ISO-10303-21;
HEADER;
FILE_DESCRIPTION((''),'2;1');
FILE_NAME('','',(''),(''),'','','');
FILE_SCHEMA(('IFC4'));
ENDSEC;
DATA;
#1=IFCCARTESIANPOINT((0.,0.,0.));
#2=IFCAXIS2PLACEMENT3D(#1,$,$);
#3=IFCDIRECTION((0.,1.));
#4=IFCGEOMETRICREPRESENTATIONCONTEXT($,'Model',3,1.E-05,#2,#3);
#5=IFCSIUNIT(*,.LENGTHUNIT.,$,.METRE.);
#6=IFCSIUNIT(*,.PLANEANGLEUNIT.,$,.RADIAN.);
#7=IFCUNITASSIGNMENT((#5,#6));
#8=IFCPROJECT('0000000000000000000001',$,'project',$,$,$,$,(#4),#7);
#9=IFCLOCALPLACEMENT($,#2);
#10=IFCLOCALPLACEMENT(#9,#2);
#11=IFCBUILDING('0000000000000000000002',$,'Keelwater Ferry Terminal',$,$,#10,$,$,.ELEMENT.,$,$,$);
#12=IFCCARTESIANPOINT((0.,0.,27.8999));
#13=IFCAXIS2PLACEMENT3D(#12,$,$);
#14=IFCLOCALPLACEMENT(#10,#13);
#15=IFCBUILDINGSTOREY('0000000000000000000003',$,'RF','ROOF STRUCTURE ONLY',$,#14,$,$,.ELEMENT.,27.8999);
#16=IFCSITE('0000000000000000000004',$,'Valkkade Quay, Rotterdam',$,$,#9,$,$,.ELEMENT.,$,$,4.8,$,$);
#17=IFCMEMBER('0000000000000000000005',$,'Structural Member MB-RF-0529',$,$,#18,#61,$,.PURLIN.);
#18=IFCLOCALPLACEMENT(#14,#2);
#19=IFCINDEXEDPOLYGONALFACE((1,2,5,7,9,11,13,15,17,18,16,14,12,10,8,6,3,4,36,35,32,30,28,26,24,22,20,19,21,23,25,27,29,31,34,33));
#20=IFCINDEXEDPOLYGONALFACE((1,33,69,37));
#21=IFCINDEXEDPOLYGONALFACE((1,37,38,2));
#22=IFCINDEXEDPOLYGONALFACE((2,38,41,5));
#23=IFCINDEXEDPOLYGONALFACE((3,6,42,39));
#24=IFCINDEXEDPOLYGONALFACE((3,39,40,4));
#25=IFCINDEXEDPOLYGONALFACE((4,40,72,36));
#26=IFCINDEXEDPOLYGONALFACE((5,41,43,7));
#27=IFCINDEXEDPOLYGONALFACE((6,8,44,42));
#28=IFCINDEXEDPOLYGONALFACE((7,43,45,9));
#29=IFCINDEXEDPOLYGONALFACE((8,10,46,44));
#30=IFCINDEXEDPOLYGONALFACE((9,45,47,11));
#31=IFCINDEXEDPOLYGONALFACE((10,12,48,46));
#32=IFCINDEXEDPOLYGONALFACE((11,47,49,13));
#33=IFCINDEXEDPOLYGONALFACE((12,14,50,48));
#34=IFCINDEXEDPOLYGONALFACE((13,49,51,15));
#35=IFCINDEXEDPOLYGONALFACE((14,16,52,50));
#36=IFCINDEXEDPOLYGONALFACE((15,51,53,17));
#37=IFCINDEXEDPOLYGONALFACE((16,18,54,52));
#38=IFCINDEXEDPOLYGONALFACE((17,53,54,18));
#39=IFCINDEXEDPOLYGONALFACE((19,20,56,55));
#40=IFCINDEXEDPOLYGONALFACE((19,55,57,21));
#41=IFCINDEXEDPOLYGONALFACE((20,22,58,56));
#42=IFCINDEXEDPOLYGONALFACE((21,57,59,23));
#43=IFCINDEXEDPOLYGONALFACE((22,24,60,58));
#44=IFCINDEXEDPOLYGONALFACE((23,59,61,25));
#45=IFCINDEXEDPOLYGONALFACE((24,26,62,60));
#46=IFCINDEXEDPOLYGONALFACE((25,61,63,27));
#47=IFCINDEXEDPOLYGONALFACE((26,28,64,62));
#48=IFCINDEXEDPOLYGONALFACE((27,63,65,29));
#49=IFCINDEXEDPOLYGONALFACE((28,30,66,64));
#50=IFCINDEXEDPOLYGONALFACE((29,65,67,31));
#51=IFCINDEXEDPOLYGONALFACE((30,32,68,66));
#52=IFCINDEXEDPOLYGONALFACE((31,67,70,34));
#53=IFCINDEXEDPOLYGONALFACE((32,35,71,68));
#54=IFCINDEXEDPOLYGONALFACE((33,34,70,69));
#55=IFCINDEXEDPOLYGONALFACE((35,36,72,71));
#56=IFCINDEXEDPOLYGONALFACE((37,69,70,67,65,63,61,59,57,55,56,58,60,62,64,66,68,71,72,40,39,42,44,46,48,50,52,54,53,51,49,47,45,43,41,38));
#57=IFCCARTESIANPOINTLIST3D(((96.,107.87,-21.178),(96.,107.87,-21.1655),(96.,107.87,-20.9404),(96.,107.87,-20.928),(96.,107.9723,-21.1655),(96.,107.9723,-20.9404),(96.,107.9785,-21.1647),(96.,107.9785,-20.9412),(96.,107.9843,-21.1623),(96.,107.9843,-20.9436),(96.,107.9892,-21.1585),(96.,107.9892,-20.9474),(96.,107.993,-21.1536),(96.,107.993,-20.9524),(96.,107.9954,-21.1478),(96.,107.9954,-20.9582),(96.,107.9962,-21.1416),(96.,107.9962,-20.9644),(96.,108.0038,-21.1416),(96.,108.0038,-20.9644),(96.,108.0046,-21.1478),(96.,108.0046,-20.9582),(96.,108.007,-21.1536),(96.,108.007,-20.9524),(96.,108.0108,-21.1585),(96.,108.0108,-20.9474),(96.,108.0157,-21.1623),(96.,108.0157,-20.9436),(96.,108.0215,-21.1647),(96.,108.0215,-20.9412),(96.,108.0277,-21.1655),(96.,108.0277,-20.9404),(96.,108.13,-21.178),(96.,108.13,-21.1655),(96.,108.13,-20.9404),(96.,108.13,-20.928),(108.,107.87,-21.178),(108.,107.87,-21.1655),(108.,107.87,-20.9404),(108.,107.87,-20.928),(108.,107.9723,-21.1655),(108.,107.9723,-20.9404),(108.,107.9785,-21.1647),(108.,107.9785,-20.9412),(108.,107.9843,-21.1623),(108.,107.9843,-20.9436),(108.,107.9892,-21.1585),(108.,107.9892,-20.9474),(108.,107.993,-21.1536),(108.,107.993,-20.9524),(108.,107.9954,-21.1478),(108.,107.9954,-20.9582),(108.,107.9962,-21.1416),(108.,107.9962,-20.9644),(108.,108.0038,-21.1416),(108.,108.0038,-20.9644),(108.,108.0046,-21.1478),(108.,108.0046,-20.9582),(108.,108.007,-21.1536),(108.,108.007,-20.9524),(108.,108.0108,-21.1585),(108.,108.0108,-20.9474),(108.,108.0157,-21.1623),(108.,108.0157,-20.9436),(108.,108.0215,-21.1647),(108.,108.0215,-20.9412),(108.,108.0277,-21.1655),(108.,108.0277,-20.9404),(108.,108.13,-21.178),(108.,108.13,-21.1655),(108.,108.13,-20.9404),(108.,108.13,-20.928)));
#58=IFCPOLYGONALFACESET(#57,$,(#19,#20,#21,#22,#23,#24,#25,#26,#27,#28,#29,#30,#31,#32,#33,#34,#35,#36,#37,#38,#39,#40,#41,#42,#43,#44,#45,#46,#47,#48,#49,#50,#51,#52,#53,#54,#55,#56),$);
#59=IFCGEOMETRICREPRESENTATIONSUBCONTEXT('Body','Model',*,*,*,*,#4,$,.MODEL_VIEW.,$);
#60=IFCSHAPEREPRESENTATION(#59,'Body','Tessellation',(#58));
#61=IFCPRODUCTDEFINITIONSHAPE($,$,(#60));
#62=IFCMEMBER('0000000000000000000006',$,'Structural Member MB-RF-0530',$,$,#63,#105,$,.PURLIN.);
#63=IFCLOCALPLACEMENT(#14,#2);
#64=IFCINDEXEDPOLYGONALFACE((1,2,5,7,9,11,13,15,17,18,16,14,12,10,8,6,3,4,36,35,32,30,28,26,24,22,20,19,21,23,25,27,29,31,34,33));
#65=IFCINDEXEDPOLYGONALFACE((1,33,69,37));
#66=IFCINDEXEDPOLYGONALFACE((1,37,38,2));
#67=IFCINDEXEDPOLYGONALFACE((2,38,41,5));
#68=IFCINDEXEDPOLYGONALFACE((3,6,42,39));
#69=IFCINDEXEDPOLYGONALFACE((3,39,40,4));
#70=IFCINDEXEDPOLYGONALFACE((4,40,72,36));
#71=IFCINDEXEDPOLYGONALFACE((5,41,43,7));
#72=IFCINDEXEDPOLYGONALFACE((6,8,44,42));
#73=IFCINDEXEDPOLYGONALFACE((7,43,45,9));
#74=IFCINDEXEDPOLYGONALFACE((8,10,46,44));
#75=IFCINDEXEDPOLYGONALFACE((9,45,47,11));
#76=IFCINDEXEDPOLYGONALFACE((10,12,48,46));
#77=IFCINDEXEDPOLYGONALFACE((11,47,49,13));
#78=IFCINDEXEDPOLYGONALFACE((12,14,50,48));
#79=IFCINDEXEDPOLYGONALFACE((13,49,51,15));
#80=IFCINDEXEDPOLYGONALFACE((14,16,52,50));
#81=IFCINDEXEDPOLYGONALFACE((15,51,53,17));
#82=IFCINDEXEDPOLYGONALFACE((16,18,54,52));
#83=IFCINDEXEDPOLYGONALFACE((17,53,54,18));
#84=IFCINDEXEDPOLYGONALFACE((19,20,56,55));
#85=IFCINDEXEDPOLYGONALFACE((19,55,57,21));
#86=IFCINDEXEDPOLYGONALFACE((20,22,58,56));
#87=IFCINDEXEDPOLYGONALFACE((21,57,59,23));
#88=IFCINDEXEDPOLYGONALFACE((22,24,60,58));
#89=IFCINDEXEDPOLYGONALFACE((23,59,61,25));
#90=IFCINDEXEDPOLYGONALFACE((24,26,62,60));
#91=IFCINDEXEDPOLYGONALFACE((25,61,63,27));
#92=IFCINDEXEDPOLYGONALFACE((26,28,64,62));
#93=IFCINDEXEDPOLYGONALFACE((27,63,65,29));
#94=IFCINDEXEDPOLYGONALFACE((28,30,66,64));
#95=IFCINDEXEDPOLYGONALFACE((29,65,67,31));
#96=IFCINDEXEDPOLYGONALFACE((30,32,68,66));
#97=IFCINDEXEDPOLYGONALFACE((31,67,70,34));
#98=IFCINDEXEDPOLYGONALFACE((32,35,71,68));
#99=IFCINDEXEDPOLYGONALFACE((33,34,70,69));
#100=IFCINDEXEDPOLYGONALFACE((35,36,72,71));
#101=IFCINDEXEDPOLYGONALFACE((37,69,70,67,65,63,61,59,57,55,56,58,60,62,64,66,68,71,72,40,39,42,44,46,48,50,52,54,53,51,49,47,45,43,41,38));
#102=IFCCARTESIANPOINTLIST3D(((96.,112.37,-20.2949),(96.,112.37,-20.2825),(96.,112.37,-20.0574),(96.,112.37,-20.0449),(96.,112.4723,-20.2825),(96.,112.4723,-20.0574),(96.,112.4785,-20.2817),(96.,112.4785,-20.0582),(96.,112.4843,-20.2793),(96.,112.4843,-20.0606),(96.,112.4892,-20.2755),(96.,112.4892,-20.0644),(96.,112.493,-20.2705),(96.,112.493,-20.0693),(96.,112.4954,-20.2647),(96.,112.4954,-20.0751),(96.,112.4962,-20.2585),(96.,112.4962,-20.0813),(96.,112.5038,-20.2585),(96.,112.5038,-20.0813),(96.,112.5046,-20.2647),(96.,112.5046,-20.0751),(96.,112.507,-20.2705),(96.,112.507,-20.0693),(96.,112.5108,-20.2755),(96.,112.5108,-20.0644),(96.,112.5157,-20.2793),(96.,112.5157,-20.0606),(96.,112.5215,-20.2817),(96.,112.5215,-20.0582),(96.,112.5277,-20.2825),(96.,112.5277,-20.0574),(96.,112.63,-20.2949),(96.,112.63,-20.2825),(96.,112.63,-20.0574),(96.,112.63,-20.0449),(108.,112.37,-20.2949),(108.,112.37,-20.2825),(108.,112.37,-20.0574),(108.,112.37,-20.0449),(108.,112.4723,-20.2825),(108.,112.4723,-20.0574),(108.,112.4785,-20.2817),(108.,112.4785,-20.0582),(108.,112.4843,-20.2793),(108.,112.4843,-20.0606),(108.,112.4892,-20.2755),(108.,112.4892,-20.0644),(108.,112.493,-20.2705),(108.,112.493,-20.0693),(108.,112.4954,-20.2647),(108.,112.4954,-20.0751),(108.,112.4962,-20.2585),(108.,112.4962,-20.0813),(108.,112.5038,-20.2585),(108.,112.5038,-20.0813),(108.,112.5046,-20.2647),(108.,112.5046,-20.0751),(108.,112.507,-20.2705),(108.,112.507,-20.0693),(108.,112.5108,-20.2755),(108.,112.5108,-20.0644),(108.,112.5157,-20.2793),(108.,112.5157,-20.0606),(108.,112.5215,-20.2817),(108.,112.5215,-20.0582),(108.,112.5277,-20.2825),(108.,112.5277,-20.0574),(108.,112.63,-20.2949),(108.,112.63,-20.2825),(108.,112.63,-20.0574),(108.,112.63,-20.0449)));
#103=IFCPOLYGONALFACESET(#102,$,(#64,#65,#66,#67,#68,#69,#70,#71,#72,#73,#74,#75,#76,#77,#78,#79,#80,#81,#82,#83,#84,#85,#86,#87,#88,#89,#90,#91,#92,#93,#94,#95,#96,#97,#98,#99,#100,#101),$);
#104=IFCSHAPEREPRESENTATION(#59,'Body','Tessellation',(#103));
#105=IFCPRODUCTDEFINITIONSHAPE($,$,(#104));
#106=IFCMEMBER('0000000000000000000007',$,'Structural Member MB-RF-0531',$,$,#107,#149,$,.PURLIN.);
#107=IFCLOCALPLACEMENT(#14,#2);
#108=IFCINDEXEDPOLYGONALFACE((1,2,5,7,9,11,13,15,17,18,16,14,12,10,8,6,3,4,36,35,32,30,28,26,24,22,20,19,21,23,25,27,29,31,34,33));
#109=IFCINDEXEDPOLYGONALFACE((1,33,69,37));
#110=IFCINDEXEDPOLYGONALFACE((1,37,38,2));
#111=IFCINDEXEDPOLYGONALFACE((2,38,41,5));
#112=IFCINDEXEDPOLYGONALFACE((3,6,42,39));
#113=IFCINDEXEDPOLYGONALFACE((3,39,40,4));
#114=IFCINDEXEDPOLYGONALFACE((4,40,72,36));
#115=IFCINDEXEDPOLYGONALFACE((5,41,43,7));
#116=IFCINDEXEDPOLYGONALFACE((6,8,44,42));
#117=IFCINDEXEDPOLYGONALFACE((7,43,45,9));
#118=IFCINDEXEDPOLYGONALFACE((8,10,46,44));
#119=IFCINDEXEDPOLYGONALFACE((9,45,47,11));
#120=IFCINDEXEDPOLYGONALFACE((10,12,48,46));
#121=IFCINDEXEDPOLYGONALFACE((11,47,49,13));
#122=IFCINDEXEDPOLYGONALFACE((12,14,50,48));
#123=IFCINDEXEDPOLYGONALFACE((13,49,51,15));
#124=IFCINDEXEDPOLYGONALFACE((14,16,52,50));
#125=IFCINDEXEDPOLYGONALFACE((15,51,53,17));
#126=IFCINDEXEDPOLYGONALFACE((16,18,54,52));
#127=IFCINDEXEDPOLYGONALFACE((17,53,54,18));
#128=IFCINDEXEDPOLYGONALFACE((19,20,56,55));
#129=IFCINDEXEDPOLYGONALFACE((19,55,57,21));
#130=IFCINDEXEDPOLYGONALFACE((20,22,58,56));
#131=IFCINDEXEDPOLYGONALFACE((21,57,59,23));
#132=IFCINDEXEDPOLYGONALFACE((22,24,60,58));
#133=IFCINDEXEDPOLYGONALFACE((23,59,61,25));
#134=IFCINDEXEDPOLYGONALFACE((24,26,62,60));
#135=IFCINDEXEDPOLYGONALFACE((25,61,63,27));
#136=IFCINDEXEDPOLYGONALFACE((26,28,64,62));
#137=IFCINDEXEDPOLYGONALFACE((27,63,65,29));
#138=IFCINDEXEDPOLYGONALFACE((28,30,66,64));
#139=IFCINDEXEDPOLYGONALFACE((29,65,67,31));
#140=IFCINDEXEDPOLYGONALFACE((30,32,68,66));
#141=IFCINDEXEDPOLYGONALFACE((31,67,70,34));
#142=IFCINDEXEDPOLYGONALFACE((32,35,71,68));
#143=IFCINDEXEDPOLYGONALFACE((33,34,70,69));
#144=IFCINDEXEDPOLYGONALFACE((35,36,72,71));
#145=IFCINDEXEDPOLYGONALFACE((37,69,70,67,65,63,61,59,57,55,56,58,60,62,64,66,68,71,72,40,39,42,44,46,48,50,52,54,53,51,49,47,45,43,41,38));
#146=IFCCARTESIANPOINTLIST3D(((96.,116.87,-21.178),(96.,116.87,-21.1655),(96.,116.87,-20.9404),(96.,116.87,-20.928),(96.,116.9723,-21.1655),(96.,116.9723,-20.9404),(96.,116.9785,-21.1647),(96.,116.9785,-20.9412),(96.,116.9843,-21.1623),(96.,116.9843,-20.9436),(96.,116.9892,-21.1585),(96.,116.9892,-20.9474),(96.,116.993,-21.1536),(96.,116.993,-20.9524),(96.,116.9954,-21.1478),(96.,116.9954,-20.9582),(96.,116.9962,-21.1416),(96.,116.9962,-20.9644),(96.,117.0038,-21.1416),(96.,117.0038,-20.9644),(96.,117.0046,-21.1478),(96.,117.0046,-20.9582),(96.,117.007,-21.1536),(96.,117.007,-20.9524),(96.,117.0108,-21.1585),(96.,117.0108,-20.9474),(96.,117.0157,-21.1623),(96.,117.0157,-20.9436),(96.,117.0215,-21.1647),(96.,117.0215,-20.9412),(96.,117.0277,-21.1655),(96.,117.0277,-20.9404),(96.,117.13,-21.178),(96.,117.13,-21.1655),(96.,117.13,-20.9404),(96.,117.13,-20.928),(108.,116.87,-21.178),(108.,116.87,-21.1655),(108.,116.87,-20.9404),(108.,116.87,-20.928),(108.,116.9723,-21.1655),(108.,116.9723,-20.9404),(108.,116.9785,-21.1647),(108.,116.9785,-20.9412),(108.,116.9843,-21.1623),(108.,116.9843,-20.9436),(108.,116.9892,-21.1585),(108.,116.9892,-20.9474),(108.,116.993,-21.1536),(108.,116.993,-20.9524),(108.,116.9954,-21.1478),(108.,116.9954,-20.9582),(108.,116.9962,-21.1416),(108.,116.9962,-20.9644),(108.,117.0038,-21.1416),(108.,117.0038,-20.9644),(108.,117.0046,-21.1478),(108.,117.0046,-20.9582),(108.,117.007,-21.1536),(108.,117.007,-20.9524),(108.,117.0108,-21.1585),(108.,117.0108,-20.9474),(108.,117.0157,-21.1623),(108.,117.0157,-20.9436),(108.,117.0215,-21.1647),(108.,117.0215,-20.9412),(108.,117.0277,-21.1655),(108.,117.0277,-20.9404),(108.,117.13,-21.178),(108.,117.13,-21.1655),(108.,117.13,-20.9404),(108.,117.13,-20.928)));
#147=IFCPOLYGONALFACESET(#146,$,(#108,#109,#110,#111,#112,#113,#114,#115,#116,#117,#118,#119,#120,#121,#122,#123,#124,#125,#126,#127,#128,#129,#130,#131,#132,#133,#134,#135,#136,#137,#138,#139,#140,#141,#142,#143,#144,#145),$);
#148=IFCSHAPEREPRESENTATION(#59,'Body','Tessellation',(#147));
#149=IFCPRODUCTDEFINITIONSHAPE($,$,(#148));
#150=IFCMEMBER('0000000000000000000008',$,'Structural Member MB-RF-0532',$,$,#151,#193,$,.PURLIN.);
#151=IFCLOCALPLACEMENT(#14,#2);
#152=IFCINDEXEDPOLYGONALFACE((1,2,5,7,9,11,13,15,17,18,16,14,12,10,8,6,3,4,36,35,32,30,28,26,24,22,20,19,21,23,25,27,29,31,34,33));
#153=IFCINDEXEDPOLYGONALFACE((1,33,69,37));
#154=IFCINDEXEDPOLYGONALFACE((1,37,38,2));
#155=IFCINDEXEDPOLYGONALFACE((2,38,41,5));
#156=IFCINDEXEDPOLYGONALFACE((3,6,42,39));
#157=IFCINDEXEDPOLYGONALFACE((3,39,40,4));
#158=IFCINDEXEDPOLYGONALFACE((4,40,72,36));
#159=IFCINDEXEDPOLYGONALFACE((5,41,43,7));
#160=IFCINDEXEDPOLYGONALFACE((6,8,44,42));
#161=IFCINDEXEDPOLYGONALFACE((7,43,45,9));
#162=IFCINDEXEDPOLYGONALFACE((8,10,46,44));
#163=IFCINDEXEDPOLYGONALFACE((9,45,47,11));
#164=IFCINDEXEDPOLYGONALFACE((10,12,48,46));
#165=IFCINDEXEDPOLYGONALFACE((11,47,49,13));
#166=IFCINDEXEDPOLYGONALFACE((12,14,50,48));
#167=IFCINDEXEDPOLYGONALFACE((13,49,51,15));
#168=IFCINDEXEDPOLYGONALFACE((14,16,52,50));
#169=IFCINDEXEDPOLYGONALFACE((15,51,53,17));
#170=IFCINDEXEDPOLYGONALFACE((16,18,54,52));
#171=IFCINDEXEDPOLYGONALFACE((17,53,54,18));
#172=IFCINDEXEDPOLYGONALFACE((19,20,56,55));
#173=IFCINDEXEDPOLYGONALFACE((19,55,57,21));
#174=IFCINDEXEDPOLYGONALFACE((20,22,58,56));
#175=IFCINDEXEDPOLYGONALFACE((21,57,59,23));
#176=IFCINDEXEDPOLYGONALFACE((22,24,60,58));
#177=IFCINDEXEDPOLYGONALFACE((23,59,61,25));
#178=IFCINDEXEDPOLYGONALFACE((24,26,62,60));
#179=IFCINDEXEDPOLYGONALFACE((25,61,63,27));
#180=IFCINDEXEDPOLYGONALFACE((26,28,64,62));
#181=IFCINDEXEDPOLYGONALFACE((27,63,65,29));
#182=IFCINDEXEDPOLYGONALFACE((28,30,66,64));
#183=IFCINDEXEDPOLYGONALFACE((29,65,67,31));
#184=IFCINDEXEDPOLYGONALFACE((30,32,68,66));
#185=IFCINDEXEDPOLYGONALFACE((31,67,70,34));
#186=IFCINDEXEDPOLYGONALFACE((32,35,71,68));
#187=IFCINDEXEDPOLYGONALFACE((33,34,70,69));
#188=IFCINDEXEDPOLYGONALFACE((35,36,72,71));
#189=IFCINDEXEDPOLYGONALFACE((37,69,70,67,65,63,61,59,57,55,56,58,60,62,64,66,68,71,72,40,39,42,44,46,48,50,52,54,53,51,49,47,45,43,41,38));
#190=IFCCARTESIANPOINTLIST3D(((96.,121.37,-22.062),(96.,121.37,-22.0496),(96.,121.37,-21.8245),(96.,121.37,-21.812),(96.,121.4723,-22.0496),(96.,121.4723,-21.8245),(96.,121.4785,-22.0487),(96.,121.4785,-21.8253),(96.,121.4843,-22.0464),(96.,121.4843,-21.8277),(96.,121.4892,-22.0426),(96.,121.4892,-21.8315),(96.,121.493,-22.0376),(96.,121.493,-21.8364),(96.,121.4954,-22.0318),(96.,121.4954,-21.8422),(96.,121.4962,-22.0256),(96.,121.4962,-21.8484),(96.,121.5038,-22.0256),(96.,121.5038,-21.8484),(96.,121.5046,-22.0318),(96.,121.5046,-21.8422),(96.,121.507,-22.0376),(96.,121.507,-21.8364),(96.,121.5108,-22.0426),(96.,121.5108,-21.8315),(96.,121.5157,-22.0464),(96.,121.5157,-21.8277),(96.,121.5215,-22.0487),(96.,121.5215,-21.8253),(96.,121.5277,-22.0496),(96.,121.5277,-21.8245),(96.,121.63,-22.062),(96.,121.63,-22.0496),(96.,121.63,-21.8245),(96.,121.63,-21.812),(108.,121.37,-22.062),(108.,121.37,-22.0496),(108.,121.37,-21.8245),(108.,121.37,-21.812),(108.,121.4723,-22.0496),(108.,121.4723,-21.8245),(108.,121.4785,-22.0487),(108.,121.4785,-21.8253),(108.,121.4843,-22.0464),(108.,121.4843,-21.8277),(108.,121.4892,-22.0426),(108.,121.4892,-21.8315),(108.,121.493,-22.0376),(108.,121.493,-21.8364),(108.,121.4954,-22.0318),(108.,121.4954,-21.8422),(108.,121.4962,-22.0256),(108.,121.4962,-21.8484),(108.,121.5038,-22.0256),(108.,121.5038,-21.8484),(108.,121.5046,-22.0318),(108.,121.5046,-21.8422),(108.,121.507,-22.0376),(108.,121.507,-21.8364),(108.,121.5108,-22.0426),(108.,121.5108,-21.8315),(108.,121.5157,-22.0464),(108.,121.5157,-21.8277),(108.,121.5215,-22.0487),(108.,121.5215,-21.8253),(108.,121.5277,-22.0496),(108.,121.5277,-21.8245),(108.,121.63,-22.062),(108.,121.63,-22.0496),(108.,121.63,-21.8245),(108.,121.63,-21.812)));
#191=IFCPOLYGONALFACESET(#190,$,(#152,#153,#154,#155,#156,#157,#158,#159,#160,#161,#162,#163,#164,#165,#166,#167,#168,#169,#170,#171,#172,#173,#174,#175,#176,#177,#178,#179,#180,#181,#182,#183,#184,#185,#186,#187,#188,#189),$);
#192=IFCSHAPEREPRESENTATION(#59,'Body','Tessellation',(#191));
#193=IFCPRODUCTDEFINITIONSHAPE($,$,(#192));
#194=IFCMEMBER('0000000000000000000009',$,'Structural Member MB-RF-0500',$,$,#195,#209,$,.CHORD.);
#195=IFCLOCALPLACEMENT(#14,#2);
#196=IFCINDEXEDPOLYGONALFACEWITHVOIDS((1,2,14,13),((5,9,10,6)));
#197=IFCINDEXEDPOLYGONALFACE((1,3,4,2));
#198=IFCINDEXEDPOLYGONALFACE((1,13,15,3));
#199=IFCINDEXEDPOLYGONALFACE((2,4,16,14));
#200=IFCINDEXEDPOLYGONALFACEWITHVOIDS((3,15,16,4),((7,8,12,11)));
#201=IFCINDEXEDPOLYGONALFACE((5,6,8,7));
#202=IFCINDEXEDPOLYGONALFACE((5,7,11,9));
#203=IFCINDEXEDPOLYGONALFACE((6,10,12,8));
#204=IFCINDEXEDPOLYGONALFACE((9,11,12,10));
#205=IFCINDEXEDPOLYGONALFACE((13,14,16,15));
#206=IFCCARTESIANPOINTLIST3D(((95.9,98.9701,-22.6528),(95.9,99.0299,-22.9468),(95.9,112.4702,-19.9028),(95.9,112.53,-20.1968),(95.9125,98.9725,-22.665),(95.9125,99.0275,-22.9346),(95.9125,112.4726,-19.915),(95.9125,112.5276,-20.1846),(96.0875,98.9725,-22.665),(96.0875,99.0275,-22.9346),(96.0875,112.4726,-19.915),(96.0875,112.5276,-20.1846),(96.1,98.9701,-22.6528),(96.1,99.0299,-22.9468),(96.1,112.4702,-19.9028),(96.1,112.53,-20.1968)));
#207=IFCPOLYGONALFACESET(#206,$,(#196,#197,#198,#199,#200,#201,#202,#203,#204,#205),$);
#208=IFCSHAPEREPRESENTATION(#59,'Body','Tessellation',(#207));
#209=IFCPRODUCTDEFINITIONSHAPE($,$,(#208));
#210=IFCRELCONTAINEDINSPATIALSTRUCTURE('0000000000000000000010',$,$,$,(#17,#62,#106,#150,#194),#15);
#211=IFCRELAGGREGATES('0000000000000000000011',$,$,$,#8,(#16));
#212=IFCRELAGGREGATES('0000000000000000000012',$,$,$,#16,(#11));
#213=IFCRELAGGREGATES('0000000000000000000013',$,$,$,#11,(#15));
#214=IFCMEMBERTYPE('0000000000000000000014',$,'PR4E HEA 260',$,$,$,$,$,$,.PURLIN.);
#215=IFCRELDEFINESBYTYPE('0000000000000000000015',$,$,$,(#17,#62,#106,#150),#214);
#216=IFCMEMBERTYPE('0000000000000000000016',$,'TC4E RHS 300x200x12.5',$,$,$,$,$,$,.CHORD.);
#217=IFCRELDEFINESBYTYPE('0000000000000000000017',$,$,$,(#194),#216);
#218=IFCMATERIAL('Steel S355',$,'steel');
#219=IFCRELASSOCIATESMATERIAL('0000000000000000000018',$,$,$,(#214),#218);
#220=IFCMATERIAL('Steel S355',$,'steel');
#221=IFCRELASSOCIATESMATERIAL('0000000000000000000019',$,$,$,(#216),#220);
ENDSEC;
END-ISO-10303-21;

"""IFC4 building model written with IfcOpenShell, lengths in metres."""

from ifc_helpers import new_model, si_unit, direction, frame, origin, origin_2d, place, context, subcontext, project, spatial, hollow_rectangle, i_section, extrude, material, material_profile, profile_set, type_object, element, save


model = new_model("IFC4")

# Units and contexts
model_context = context("Model", 3, precision=1e-05, world=origin(), true_north=direction((0.0, 1.0)))
body_context = subcontext(model_context, "Body", "Model", "MODEL_VIEW")
ifc_project = project(units=[si_unit("LENGTHUNIT", "METRE"), si_unit("PLANEANGLEUNIT", "RADIAN")], contexts=[model_context])

# Site, building, storey
site_placement = place(None, origin())
site = spatial("IfcSite", under=ifc_project, at=site_placement, Name="Valkkade Quay, Rotterdam", CompositionType="ELEMENT", RefElevation=4.8)
building_placement = place(site_placement, origin())
building = spatial("IfcBuilding", under=site, at=building_placement, Name="Keelwater Ferry Terminal", CompositionType="ELEMENT")
storey_placement = place(building_placement, frame((0.0, 0.0, 27.8999)))
storey = spatial("IfcBuildingStorey", under=building, at=storey_placement, Name="RF", Description="ROOF STRUCTURE ONLY", CompositionType="ELEMENT", Elevation=27.8999)

# Members
ifc_material_1 = material(Name="Steel S355", Category="steel")
ifc_material_profile_1 = material_profile(ifc_material_1, i_section(OverallWidth=0.26, OverallDepth=0.25, WebThickness=0.0076, FlangeThickness=0.0125, FilletRadius=0.0239, at=origin_2d()), Name="HEA 260")
ifc_profile_set_1 = profile_set([ifc_material_profile_1], Name="Steel S355")
member_type_1 = type_object("IfcMemberType", Name="PR4E HEA 260", PredefinedType="PURLIN", material=ifc_profile_set_1)
for number, where, z_axis, x_axis, name in (
    (1, (96.0, 108.0, -21.053), (1.0, 0.0, 0.0), (0.0, 1.0, 0.0), "Structural Member MB-RF-0529"),
    (2, (96.0, 112.5, -20.1699), (1.0, 0.0, 0.0), (0.0, 1.0, 0.0), "Structural Member MB-RF-0530"),
    (3, (96.0, 117.0, -21.053), (1.0, 0.0, 0.0), (0.0, 1.0, 0.0), "Structural Member MB-RF-0531"),
    (4, (96.0, 121.5, -21.937), (1.0, 0.0, 0.0), (0.0, 1.0, 0.0), "Structural Member MB-RF-0532"),
):
    element("IfcMember", number, at=place(storey_placement, frame(where, z_axis=z_axis, x_axis=x_axis)), inside=storey, type_object=member_type_1, Name=name, PredefinedType="PURLIN", context=body_context, shape_type="SweptSolid", body=[
        extrude(i_section(OverallWidth=0.26, OverallDepth=0.25, WebThickness=0.0076, FlangeThickness=0.0125, FilletRadius=0.0239, at=origin_2d()), origin(), (0.0, 0.0, 1.0), 12.0),
    ])
ifc_material_2 = material(Name="Steel S355", Category="steel")
ifc_material_profile_2 = material_profile(ifc_material_2, hollow_rectangle(XDim=0.2, YDim=0.3, WallThickness=0.0125, at=origin_2d()), Name="RHS 300x200x12.5")
ifc_profile_set_2 = profile_set([ifc_material_profile_2], Name="Steel S355")
member_type_2 = type_object("IfcMemberType", Name="TC4E RHS 300x200x12.5", PredefinedType="CHORD", material=ifc_profile_set_2)
for number, where, z_axis, x_axis, name in (
    (5, (96.0, 99.0, -22.7998), (0.0, 0.979877, 0.199604), (-1.0, 0.0, 0.0), "Structural Member MB-RF-0500"),
):
    element("IfcMember", number, at=place(storey_placement, frame(where, z_axis=z_axis, x_axis=x_axis)), inside=storey, type_object=member_type_2, Name=name, PredefinedType="CHORD", context=body_context, shape_type="SweptSolid", body=[
        extrude(hollow_rectangle(XDim=0.2, YDim=0.3, WallThickness=0.0125, at=origin_2d()), origin(), (0.0, 0.0, 1.0), 13.7773),
    ])

save(model, "model.ifc")
